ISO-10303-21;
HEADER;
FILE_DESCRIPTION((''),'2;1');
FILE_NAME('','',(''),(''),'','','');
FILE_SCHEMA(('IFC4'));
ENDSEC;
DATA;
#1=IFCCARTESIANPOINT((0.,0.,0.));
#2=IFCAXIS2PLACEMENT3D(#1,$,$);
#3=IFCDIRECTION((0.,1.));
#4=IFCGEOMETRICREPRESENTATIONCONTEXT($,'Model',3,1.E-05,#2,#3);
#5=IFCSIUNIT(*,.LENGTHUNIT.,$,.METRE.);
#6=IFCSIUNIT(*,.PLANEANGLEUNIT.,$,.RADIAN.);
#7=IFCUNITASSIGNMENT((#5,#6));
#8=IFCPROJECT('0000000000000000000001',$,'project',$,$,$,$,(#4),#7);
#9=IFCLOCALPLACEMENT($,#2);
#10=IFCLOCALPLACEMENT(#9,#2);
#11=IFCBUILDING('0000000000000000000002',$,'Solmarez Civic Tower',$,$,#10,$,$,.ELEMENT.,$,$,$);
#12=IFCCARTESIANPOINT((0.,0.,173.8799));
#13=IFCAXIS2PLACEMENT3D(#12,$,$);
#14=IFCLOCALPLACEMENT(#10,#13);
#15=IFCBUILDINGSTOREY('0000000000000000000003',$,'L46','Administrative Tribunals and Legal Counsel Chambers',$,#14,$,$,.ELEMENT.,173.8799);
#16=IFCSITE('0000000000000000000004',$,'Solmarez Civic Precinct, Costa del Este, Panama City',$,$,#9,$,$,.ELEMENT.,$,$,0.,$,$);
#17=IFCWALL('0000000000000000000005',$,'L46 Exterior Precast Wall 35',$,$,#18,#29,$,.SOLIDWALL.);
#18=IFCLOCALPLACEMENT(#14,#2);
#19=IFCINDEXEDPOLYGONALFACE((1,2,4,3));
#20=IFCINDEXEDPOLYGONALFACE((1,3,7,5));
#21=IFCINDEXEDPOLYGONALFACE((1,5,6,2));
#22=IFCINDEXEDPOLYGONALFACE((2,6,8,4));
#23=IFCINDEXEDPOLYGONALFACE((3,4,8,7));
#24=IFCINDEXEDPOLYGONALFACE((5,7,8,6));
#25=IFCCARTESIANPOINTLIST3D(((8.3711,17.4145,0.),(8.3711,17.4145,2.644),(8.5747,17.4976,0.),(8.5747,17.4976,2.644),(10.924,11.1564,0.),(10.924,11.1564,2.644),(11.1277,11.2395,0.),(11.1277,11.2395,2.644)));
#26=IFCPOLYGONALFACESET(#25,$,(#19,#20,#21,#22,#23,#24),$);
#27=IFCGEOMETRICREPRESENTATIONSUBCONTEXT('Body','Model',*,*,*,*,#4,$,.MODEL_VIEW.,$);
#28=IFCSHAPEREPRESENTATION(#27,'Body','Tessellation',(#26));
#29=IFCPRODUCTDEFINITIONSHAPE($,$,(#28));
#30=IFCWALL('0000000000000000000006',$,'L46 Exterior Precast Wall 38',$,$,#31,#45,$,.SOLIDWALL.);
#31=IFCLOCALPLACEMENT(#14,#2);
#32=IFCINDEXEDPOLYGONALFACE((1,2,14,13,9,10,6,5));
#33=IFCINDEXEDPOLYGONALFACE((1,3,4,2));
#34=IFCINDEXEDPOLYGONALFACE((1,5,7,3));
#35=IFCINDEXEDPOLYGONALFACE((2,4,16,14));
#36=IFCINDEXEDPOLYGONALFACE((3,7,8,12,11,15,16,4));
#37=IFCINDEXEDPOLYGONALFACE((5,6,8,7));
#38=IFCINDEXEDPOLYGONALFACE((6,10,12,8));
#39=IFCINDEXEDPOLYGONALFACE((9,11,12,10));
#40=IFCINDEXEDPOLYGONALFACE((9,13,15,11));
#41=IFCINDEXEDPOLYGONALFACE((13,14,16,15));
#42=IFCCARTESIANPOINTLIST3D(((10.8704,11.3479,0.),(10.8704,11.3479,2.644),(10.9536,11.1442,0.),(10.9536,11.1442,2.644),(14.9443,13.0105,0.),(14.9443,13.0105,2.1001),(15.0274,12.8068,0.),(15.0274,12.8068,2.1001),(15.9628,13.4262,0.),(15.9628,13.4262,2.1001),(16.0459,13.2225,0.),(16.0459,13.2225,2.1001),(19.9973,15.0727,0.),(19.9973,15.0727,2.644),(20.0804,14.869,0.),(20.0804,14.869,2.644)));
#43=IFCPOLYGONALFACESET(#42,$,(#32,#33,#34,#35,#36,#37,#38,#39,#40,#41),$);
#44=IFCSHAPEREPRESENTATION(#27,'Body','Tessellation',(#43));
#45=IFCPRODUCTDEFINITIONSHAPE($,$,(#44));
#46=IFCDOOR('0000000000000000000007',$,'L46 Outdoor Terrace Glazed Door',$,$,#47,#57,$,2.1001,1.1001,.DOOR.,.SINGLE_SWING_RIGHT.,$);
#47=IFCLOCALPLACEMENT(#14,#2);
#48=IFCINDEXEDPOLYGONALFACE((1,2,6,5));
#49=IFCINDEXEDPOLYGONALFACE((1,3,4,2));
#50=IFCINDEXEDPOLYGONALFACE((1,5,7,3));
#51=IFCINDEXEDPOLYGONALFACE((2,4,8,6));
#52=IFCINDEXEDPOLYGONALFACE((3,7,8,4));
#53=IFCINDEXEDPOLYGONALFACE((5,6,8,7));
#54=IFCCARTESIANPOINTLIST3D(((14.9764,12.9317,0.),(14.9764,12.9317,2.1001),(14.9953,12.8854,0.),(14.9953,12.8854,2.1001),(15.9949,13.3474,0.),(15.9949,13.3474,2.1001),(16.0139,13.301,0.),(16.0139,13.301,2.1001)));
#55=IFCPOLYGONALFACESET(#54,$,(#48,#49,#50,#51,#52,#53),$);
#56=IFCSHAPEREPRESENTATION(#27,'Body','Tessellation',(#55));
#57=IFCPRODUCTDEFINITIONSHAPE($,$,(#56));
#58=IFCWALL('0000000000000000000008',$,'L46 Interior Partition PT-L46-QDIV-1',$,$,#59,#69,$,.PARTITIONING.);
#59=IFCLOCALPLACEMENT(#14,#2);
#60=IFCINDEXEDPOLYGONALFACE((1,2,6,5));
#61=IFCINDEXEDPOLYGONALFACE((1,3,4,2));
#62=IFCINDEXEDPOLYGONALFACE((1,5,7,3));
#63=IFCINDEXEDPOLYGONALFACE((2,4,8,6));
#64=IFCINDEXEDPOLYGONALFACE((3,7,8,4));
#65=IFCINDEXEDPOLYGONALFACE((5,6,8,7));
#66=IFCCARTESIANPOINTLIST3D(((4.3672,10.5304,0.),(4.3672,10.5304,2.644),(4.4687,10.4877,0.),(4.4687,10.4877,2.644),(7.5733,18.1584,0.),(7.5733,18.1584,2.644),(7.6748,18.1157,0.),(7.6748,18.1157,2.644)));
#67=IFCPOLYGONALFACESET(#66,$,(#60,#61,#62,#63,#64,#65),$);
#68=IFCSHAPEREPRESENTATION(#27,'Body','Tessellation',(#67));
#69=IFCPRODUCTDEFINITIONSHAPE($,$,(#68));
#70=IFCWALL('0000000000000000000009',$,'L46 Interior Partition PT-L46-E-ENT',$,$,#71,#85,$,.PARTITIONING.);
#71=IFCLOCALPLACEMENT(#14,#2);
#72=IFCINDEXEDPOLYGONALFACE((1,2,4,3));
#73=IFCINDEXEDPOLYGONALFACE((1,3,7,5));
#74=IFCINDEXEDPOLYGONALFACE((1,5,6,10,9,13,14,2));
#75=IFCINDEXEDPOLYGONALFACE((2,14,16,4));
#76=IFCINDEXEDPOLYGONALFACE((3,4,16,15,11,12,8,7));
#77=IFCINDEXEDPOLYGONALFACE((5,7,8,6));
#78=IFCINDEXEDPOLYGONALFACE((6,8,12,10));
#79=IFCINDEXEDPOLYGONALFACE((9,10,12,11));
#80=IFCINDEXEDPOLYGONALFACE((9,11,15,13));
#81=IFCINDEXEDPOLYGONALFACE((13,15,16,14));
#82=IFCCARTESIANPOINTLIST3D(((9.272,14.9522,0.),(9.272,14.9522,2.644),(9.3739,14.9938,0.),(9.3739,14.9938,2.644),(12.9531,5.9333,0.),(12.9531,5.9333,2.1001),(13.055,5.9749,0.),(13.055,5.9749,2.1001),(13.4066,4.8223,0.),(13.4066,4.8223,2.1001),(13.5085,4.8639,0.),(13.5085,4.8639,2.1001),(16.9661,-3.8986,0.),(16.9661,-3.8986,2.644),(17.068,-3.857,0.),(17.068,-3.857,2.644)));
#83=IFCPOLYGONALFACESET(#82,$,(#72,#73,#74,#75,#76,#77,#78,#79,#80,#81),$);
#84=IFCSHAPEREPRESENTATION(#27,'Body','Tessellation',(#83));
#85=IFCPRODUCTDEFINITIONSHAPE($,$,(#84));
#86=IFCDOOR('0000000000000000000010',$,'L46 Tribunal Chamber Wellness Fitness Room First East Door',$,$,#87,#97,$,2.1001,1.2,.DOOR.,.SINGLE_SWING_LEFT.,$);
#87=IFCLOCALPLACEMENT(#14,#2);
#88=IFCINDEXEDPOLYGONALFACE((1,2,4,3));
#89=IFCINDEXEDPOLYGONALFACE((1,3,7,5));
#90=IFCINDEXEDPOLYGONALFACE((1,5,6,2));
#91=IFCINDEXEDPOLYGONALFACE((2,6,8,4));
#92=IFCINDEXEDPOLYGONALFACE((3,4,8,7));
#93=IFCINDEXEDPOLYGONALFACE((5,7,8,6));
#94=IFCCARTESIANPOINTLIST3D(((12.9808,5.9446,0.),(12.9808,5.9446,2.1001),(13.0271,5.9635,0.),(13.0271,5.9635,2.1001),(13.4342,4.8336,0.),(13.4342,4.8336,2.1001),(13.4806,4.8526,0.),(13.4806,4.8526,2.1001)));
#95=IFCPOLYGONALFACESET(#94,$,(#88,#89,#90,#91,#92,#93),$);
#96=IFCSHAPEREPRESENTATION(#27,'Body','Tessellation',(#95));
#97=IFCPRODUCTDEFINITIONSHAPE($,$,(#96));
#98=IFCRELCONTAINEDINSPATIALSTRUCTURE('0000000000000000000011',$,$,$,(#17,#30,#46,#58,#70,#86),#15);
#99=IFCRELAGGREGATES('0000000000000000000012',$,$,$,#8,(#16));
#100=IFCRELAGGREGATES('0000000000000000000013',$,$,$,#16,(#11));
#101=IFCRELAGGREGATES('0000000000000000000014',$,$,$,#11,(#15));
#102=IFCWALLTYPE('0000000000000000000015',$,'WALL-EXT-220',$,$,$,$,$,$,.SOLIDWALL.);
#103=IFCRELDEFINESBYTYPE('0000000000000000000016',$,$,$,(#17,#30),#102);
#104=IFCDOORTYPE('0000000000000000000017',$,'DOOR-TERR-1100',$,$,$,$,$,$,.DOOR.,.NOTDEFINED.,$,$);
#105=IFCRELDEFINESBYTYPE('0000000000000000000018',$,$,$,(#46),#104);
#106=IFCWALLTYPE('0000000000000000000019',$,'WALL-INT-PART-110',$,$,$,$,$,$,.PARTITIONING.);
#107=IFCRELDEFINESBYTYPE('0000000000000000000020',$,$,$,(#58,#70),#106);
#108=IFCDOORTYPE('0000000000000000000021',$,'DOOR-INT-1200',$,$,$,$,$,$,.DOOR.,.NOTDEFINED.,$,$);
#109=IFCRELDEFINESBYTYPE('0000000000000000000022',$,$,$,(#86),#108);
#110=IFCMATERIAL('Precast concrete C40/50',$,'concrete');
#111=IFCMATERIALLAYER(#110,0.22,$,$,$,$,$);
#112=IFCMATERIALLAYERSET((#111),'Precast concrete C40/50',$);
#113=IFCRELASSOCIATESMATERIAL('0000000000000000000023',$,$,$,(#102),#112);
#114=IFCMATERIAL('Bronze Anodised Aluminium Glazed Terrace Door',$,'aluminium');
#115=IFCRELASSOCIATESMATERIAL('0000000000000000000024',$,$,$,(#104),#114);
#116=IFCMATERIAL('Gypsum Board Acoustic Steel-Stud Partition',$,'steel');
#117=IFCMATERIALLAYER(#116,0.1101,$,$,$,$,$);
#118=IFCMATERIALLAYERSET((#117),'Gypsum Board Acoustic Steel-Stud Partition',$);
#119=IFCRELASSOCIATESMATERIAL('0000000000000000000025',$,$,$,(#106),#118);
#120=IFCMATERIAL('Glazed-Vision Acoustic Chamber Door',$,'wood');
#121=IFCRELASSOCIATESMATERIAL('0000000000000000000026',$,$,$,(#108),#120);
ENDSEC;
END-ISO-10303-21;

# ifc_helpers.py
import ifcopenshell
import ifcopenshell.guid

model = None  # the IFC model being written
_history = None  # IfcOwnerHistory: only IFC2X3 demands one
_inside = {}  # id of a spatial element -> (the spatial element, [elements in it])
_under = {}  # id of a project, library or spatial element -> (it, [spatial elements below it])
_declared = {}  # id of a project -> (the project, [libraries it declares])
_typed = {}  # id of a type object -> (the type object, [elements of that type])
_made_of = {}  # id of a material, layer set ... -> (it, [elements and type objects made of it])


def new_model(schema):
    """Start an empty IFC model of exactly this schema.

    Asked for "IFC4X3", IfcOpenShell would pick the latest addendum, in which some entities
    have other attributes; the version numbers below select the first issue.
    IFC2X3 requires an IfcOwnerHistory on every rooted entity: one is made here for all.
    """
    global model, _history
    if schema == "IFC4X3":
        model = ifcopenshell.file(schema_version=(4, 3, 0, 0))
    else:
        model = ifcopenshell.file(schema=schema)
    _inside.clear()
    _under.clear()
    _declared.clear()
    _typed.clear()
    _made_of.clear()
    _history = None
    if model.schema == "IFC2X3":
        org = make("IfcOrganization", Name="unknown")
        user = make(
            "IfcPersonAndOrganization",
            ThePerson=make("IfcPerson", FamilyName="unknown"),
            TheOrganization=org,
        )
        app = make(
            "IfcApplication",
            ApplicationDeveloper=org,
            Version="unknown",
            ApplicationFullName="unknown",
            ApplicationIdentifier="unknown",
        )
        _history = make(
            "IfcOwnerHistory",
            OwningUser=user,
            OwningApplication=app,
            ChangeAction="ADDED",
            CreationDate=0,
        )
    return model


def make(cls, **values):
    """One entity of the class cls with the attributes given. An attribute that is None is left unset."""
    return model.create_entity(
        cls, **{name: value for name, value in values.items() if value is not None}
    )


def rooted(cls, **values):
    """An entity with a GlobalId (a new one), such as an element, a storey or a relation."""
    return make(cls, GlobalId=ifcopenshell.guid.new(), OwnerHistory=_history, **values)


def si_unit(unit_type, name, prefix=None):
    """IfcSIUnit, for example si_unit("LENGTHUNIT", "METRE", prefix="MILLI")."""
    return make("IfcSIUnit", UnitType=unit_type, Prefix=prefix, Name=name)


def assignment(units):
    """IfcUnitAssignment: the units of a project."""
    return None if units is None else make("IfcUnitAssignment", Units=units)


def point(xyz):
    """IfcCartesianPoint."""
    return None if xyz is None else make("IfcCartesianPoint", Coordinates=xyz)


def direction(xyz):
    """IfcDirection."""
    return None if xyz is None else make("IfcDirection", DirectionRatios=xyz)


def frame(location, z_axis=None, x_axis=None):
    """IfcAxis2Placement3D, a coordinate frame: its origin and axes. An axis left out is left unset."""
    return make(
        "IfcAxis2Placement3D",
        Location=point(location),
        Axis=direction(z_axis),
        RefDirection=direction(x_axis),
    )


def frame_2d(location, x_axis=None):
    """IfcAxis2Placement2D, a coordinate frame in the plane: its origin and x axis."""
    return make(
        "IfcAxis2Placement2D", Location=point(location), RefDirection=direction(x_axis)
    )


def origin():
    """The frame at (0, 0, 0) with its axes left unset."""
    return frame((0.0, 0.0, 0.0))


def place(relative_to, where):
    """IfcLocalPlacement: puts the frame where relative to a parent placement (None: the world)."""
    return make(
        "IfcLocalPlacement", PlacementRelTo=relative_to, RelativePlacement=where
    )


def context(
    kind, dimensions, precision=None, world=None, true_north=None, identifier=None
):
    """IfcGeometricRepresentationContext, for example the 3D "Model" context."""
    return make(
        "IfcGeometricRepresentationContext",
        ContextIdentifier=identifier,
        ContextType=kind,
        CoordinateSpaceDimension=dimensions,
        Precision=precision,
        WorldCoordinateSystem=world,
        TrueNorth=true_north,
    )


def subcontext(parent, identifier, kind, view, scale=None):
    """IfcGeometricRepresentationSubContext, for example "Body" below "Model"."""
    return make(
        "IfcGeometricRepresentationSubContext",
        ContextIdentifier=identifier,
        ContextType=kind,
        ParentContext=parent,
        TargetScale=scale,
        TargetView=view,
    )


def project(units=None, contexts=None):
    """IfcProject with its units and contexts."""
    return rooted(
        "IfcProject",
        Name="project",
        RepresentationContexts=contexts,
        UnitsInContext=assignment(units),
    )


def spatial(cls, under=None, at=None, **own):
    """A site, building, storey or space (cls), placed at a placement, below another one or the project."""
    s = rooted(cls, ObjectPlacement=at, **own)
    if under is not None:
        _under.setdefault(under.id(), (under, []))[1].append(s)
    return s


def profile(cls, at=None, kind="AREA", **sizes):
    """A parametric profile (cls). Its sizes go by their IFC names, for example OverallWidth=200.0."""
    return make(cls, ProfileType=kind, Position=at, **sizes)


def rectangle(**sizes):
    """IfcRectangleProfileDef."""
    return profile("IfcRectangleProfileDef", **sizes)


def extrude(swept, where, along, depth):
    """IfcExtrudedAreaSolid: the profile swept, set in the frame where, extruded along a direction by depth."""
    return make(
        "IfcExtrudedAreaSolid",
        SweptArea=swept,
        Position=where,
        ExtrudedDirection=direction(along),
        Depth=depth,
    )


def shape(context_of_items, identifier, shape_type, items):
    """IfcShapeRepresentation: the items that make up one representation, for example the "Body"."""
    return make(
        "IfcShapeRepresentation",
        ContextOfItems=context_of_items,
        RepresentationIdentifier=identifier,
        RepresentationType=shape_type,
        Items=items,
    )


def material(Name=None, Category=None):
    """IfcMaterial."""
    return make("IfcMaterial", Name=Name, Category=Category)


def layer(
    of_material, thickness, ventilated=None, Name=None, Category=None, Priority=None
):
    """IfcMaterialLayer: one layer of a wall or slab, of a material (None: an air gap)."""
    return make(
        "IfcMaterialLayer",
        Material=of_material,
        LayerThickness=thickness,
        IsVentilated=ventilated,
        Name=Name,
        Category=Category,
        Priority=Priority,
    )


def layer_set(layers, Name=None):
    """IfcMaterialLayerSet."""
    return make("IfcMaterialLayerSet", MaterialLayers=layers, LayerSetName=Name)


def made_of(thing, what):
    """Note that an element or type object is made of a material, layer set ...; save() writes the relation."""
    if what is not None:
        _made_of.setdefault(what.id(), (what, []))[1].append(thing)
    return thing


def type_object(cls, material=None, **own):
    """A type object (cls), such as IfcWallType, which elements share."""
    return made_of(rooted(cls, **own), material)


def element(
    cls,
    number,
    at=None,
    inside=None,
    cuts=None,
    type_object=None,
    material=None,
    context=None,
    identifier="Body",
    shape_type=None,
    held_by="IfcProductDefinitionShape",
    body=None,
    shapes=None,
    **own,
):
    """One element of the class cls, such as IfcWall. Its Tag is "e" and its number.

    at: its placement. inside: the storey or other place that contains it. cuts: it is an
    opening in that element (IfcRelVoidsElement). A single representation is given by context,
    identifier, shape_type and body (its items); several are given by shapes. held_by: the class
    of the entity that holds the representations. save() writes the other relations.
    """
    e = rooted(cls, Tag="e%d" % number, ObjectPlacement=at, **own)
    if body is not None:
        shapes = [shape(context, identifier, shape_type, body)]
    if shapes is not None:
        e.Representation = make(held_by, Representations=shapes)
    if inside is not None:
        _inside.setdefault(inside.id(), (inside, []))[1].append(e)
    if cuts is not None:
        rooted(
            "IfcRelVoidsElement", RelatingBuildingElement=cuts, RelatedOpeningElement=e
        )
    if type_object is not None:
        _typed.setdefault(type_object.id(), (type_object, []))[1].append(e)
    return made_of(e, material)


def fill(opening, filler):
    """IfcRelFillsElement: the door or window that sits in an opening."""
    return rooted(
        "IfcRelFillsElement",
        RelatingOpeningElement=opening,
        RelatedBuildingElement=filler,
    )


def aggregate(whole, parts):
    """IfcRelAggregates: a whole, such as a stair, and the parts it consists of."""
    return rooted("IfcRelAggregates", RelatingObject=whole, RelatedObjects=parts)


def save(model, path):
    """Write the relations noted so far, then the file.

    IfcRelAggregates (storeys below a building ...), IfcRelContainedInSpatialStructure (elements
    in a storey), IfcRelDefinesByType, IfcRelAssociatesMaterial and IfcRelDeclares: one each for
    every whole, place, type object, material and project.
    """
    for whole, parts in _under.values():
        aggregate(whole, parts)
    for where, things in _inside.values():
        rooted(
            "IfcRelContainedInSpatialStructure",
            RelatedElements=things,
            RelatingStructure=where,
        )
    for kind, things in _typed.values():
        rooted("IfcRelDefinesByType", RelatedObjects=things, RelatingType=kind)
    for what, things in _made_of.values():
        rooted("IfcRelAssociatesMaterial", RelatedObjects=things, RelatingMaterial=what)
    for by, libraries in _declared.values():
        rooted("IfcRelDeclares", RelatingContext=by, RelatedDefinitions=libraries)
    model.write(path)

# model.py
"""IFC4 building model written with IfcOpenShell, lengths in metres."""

from ifc_helpers import new_model, si_unit, direction, frame, frame_2d, origin, place, context, subcontext, project, spatial, rectangle, extrude, material, layer, layer_set, type_object, element, fill, save


model = new_model("IFC4")

# Units and contexts
model_context = context("Model", 3, precision=1e-05, world=origin(), true_north=direction((0.0, 1.0)))
body_context = subcontext(model_context, "Body", "Model", "MODEL_VIEW")
ifc_project = project(units=[si_unit("LENGTHUNIT", "METRE"), si_unit("PLANEANGLEUNIT", "RADIAN")], contexts=[model_context])

# Site, building, storey
site_placement = place(None, origin())
site = spatial("IfcSite", under=ifc_project, at=site_placement, Name="Solmarez Civic Precinct, Costa del Este, Panama City", CompositionType="ELEMENT", RefElevation=0.0)
building_placement = place(site_placement, origin())
building = spatial("IfcBuilding", under=site, at=building_placement, Name="Solmarez Civic Tower", CompositionType="ELEMENT")
storey_placement = place(building_placement, frame((0.0, 0.0, 173.8799)))
storey = spatial("IfcBuildingStorey", under=building, at=storey_placement, Name="L46", Description="Administrative Tribunals and Legal Counsel Chambers", CompositionType="ELEMENT", Elevation=173.8799)

# Wall
ifc_material_1 = material(Name="Precast concrete C40/50", Category="concrete")
ifc_layer_1 = layer(ifc_material_1, 0.22)
ifc_layer_set_1 = layer_set([ifc_layer_1], Name="Precast concrete C40/50")
wall_type_1 = type_object("IfcWallType", Name="WALL-EXT-220", PredefinedType="SOLIDWALL", material=ifc_layer_set_1)
wall_1_placement = place(storey_placement, frame((8.4729, 17.4561, 0.0), z_axis=(0.0, 0.0, 1.0), x_axis=(0.377728, -0.925916, 0.0)))
element("IfcWall", 1, at=wall_1_placement, inside=storey, type_object=wall_type_1, Name="L46 Exterior Precast Wall 35", PredefinedType="SOLIDWALL", context=body_context, shape_type="SweptSolid", body=[
    extrude(rectangle(XDim=6.7588, YDim=0.22, at=frame_2d((3.3794, 0.0))), origin(), (0.0, 0.0, 1.0), 2.644),
])

# Wall, opening, door
wall_2_placement = place(storey_placement, frame((10.9121, 11.2461, 0.0), z_axis=(0.0, 0.0, 1.0), x_axis=(0.925863, 0.377859, 0.0)))
wall_2 = element("IfcWall", 2, at=wall_2_placement, inside=storey, type_object=wall_type_1, Name="L46 Exterior Precast Wall 38", PredefinedType="SOLIDWALL", context=body_context, shape_type="SweptSolid", body=[
    extrude(rectangle(XDim=9.8577, YDim=0.22, at=frame_2d((4.9287, 0.0))), origin(), (0.0, 0.0, 1.0), 2.644),
])
opening_1_placement = place(wall_2_placement, frame((4.3999, 0.0, 0.0)))
opening_1 = element("IfcOpeningElement", 3, at=opening_1_placement, cuts=wall_2, PredefinedType="OPENING", context=body_context, shape_type="SweptSolid", body=[
    extrude(rectangle(XDim=1.1001, YDim=2.1001, at=frame_2d((0.55, 1.05))), frame((0.0, 0.1199, 0.0), z_axis=(0.0, -1.0, 0.0), x_axis=(1.0, 0.0, 0.0)), (0.0, 0.0, 1.0), 0.24),
])
ifc_material_2 = material(Name="Bronze Anodised Aluminium Glazed Terrace Door", Category="aluminium")
door_type_1 = type_object("IfcDoorType", Name="DOOR-TERR-1100", OperationType="NOTDEFINED", PredefinedType="DOOR", material=ifc_material_2)
door_1_placement = place(opening_1_placement, origin())
door_1 = element("IfcDoor", 4, at=door_1_placement, inside=storey, type_object=door_type_1, Name="L46 Outdoor Terrace Glazed Door", OperationType="SINGLE_SWING_RIGHT", OverallHeight=2.1001, OverallWidth=1.1001, PredefinedType="DOOR", context=body_context, shape_type="SweptSolid", body=[
    extrude(rectangle(XDim=1.1001, YDim=2.1001, at=frame_2d((0.55, 1.05))), frame((0.0, 0.0249, 0.0), z_axis=(0.0, -1.0, 0.0), x_axis=(1.0, 0.0, 0.0)), (0.0, 0.0, 1.0), 0.05),
])
fill(opening_1, door_1)

# Wall
ifc_material_3 = material(Name="Gypsum Board Acoustic Steel-Stud Partition", Category="steel")
ifc_layer_2 = layer(ifc_material_3, 0.1101)
ifc_layer_set_2 = layer_set([ifc_layer_2], Name="Gypsum Board Acoustic Steel-Stud Partition")
wall_type_2 = type_object("IfcWallType", Name="WALL-INT-PART-110", PredefinedType="PARTITIONING", material=ifc_layer_set_2)
wall_3_placement = place(storey_placement, frame((4.418, 10.509, 0.0), z_axis=(0.0, 0.0, 1.0), x_axis=(0.387471, 0.921882, 0.0)))
element("IfcWall", 5, at=wall_3_placement, inside=storey, type_object=wall_type_2, Name="L46 Interior Partition PT-L46-QDIV-1", PredefinedType="PARTITIONING", context=body_context, shape_type="SweptSolid", body=[
    extrude(rectangle(XDim=8.2744, YDim=0.1101, at=frame_2d((4.1372, 0.0))), origin(), (0.0, 0.0, 1.0), 2.644),
])

# Wall, opening, door
wall_4_placement = place(storey_placement, frame((9.323, 14.9729, 0.0), z_axis=(0.0, 0.0, 1.0), x_axis=(0.377892, -0.92585, 0.0)))
wall_4 = element("IfcWall", 6, at=wall_4_placement, inside=storey, type_object=wall_type_2, Name="L46 Interior Partition PT-L46-E-ENT", PredefinedType="PARTITIONING", context=body_context, shape_type="SweptSolid", body=[
    extrude(rectangle(XDim=20.3606, YDim=0.1101, at=frame_2d((10.1802, 0.0))), origin(), (0.0, 0.0, 1.0), 2.644),
])
opening_2_placement = place(wall_4_placement, frame((9.741, 0.0, 0.0)))
opening_2 = element("IfcOpeningElement", 7, at=opening_2_placement, cuts=wall_4, PredefinedType="OPENING", context=body_context, shape_type="SweptSolid", body=[
    extrude(rectangle(XDim=1.2, YDim=2.1001, at=frame_2d((0.6001, 1.05))), frame((0.0, 0.0649, 0.0), z_axis=(0.0, -1.0, 0.0), x_axis=(1.0, 0.0, 0.0)), (0.0, 0.0, 1.0), 0.1301),
])
ifc_material_4 = material(Name="Glazed-Vision Acoustic Chamber Door", Category="wood")
door_type_2 = type_object("IfcDoorType", Name="DOOR-INT-1200", OperationType="NOTDEFINED", PredefinedType="DOOR", material=ifc_material_4)
door_2_placement = place(opening_2_placement, origin())
door_2 = element("IfcDoor", 8, at=door_2_placement, inside=storey, type_object=door_type_2, Name="L46 Tribunal Chamber Wellness Fitness Room First East Door", OperationType="SINGLE_SWING_LEFT", OverallHeight=2.1001, OverallWidth=1.2, PredefinedType="DOOR", context=body_context, shape_type="SweptSolid", body=[
    extrude(rectangle(XDim=1.2, YDim=2.1001, at=frame_2d((0.6001, 1.05))), frame((0.0, 0.0249, 0.0), z_axis=(0.0, -1.0, 0.0), x_axis=(1.0, 0.0, 0.0)), (0.0, 0.0, 1.0), 0.05),
])
fill(opening_2, door_2)

save(model, "model.ifc")
